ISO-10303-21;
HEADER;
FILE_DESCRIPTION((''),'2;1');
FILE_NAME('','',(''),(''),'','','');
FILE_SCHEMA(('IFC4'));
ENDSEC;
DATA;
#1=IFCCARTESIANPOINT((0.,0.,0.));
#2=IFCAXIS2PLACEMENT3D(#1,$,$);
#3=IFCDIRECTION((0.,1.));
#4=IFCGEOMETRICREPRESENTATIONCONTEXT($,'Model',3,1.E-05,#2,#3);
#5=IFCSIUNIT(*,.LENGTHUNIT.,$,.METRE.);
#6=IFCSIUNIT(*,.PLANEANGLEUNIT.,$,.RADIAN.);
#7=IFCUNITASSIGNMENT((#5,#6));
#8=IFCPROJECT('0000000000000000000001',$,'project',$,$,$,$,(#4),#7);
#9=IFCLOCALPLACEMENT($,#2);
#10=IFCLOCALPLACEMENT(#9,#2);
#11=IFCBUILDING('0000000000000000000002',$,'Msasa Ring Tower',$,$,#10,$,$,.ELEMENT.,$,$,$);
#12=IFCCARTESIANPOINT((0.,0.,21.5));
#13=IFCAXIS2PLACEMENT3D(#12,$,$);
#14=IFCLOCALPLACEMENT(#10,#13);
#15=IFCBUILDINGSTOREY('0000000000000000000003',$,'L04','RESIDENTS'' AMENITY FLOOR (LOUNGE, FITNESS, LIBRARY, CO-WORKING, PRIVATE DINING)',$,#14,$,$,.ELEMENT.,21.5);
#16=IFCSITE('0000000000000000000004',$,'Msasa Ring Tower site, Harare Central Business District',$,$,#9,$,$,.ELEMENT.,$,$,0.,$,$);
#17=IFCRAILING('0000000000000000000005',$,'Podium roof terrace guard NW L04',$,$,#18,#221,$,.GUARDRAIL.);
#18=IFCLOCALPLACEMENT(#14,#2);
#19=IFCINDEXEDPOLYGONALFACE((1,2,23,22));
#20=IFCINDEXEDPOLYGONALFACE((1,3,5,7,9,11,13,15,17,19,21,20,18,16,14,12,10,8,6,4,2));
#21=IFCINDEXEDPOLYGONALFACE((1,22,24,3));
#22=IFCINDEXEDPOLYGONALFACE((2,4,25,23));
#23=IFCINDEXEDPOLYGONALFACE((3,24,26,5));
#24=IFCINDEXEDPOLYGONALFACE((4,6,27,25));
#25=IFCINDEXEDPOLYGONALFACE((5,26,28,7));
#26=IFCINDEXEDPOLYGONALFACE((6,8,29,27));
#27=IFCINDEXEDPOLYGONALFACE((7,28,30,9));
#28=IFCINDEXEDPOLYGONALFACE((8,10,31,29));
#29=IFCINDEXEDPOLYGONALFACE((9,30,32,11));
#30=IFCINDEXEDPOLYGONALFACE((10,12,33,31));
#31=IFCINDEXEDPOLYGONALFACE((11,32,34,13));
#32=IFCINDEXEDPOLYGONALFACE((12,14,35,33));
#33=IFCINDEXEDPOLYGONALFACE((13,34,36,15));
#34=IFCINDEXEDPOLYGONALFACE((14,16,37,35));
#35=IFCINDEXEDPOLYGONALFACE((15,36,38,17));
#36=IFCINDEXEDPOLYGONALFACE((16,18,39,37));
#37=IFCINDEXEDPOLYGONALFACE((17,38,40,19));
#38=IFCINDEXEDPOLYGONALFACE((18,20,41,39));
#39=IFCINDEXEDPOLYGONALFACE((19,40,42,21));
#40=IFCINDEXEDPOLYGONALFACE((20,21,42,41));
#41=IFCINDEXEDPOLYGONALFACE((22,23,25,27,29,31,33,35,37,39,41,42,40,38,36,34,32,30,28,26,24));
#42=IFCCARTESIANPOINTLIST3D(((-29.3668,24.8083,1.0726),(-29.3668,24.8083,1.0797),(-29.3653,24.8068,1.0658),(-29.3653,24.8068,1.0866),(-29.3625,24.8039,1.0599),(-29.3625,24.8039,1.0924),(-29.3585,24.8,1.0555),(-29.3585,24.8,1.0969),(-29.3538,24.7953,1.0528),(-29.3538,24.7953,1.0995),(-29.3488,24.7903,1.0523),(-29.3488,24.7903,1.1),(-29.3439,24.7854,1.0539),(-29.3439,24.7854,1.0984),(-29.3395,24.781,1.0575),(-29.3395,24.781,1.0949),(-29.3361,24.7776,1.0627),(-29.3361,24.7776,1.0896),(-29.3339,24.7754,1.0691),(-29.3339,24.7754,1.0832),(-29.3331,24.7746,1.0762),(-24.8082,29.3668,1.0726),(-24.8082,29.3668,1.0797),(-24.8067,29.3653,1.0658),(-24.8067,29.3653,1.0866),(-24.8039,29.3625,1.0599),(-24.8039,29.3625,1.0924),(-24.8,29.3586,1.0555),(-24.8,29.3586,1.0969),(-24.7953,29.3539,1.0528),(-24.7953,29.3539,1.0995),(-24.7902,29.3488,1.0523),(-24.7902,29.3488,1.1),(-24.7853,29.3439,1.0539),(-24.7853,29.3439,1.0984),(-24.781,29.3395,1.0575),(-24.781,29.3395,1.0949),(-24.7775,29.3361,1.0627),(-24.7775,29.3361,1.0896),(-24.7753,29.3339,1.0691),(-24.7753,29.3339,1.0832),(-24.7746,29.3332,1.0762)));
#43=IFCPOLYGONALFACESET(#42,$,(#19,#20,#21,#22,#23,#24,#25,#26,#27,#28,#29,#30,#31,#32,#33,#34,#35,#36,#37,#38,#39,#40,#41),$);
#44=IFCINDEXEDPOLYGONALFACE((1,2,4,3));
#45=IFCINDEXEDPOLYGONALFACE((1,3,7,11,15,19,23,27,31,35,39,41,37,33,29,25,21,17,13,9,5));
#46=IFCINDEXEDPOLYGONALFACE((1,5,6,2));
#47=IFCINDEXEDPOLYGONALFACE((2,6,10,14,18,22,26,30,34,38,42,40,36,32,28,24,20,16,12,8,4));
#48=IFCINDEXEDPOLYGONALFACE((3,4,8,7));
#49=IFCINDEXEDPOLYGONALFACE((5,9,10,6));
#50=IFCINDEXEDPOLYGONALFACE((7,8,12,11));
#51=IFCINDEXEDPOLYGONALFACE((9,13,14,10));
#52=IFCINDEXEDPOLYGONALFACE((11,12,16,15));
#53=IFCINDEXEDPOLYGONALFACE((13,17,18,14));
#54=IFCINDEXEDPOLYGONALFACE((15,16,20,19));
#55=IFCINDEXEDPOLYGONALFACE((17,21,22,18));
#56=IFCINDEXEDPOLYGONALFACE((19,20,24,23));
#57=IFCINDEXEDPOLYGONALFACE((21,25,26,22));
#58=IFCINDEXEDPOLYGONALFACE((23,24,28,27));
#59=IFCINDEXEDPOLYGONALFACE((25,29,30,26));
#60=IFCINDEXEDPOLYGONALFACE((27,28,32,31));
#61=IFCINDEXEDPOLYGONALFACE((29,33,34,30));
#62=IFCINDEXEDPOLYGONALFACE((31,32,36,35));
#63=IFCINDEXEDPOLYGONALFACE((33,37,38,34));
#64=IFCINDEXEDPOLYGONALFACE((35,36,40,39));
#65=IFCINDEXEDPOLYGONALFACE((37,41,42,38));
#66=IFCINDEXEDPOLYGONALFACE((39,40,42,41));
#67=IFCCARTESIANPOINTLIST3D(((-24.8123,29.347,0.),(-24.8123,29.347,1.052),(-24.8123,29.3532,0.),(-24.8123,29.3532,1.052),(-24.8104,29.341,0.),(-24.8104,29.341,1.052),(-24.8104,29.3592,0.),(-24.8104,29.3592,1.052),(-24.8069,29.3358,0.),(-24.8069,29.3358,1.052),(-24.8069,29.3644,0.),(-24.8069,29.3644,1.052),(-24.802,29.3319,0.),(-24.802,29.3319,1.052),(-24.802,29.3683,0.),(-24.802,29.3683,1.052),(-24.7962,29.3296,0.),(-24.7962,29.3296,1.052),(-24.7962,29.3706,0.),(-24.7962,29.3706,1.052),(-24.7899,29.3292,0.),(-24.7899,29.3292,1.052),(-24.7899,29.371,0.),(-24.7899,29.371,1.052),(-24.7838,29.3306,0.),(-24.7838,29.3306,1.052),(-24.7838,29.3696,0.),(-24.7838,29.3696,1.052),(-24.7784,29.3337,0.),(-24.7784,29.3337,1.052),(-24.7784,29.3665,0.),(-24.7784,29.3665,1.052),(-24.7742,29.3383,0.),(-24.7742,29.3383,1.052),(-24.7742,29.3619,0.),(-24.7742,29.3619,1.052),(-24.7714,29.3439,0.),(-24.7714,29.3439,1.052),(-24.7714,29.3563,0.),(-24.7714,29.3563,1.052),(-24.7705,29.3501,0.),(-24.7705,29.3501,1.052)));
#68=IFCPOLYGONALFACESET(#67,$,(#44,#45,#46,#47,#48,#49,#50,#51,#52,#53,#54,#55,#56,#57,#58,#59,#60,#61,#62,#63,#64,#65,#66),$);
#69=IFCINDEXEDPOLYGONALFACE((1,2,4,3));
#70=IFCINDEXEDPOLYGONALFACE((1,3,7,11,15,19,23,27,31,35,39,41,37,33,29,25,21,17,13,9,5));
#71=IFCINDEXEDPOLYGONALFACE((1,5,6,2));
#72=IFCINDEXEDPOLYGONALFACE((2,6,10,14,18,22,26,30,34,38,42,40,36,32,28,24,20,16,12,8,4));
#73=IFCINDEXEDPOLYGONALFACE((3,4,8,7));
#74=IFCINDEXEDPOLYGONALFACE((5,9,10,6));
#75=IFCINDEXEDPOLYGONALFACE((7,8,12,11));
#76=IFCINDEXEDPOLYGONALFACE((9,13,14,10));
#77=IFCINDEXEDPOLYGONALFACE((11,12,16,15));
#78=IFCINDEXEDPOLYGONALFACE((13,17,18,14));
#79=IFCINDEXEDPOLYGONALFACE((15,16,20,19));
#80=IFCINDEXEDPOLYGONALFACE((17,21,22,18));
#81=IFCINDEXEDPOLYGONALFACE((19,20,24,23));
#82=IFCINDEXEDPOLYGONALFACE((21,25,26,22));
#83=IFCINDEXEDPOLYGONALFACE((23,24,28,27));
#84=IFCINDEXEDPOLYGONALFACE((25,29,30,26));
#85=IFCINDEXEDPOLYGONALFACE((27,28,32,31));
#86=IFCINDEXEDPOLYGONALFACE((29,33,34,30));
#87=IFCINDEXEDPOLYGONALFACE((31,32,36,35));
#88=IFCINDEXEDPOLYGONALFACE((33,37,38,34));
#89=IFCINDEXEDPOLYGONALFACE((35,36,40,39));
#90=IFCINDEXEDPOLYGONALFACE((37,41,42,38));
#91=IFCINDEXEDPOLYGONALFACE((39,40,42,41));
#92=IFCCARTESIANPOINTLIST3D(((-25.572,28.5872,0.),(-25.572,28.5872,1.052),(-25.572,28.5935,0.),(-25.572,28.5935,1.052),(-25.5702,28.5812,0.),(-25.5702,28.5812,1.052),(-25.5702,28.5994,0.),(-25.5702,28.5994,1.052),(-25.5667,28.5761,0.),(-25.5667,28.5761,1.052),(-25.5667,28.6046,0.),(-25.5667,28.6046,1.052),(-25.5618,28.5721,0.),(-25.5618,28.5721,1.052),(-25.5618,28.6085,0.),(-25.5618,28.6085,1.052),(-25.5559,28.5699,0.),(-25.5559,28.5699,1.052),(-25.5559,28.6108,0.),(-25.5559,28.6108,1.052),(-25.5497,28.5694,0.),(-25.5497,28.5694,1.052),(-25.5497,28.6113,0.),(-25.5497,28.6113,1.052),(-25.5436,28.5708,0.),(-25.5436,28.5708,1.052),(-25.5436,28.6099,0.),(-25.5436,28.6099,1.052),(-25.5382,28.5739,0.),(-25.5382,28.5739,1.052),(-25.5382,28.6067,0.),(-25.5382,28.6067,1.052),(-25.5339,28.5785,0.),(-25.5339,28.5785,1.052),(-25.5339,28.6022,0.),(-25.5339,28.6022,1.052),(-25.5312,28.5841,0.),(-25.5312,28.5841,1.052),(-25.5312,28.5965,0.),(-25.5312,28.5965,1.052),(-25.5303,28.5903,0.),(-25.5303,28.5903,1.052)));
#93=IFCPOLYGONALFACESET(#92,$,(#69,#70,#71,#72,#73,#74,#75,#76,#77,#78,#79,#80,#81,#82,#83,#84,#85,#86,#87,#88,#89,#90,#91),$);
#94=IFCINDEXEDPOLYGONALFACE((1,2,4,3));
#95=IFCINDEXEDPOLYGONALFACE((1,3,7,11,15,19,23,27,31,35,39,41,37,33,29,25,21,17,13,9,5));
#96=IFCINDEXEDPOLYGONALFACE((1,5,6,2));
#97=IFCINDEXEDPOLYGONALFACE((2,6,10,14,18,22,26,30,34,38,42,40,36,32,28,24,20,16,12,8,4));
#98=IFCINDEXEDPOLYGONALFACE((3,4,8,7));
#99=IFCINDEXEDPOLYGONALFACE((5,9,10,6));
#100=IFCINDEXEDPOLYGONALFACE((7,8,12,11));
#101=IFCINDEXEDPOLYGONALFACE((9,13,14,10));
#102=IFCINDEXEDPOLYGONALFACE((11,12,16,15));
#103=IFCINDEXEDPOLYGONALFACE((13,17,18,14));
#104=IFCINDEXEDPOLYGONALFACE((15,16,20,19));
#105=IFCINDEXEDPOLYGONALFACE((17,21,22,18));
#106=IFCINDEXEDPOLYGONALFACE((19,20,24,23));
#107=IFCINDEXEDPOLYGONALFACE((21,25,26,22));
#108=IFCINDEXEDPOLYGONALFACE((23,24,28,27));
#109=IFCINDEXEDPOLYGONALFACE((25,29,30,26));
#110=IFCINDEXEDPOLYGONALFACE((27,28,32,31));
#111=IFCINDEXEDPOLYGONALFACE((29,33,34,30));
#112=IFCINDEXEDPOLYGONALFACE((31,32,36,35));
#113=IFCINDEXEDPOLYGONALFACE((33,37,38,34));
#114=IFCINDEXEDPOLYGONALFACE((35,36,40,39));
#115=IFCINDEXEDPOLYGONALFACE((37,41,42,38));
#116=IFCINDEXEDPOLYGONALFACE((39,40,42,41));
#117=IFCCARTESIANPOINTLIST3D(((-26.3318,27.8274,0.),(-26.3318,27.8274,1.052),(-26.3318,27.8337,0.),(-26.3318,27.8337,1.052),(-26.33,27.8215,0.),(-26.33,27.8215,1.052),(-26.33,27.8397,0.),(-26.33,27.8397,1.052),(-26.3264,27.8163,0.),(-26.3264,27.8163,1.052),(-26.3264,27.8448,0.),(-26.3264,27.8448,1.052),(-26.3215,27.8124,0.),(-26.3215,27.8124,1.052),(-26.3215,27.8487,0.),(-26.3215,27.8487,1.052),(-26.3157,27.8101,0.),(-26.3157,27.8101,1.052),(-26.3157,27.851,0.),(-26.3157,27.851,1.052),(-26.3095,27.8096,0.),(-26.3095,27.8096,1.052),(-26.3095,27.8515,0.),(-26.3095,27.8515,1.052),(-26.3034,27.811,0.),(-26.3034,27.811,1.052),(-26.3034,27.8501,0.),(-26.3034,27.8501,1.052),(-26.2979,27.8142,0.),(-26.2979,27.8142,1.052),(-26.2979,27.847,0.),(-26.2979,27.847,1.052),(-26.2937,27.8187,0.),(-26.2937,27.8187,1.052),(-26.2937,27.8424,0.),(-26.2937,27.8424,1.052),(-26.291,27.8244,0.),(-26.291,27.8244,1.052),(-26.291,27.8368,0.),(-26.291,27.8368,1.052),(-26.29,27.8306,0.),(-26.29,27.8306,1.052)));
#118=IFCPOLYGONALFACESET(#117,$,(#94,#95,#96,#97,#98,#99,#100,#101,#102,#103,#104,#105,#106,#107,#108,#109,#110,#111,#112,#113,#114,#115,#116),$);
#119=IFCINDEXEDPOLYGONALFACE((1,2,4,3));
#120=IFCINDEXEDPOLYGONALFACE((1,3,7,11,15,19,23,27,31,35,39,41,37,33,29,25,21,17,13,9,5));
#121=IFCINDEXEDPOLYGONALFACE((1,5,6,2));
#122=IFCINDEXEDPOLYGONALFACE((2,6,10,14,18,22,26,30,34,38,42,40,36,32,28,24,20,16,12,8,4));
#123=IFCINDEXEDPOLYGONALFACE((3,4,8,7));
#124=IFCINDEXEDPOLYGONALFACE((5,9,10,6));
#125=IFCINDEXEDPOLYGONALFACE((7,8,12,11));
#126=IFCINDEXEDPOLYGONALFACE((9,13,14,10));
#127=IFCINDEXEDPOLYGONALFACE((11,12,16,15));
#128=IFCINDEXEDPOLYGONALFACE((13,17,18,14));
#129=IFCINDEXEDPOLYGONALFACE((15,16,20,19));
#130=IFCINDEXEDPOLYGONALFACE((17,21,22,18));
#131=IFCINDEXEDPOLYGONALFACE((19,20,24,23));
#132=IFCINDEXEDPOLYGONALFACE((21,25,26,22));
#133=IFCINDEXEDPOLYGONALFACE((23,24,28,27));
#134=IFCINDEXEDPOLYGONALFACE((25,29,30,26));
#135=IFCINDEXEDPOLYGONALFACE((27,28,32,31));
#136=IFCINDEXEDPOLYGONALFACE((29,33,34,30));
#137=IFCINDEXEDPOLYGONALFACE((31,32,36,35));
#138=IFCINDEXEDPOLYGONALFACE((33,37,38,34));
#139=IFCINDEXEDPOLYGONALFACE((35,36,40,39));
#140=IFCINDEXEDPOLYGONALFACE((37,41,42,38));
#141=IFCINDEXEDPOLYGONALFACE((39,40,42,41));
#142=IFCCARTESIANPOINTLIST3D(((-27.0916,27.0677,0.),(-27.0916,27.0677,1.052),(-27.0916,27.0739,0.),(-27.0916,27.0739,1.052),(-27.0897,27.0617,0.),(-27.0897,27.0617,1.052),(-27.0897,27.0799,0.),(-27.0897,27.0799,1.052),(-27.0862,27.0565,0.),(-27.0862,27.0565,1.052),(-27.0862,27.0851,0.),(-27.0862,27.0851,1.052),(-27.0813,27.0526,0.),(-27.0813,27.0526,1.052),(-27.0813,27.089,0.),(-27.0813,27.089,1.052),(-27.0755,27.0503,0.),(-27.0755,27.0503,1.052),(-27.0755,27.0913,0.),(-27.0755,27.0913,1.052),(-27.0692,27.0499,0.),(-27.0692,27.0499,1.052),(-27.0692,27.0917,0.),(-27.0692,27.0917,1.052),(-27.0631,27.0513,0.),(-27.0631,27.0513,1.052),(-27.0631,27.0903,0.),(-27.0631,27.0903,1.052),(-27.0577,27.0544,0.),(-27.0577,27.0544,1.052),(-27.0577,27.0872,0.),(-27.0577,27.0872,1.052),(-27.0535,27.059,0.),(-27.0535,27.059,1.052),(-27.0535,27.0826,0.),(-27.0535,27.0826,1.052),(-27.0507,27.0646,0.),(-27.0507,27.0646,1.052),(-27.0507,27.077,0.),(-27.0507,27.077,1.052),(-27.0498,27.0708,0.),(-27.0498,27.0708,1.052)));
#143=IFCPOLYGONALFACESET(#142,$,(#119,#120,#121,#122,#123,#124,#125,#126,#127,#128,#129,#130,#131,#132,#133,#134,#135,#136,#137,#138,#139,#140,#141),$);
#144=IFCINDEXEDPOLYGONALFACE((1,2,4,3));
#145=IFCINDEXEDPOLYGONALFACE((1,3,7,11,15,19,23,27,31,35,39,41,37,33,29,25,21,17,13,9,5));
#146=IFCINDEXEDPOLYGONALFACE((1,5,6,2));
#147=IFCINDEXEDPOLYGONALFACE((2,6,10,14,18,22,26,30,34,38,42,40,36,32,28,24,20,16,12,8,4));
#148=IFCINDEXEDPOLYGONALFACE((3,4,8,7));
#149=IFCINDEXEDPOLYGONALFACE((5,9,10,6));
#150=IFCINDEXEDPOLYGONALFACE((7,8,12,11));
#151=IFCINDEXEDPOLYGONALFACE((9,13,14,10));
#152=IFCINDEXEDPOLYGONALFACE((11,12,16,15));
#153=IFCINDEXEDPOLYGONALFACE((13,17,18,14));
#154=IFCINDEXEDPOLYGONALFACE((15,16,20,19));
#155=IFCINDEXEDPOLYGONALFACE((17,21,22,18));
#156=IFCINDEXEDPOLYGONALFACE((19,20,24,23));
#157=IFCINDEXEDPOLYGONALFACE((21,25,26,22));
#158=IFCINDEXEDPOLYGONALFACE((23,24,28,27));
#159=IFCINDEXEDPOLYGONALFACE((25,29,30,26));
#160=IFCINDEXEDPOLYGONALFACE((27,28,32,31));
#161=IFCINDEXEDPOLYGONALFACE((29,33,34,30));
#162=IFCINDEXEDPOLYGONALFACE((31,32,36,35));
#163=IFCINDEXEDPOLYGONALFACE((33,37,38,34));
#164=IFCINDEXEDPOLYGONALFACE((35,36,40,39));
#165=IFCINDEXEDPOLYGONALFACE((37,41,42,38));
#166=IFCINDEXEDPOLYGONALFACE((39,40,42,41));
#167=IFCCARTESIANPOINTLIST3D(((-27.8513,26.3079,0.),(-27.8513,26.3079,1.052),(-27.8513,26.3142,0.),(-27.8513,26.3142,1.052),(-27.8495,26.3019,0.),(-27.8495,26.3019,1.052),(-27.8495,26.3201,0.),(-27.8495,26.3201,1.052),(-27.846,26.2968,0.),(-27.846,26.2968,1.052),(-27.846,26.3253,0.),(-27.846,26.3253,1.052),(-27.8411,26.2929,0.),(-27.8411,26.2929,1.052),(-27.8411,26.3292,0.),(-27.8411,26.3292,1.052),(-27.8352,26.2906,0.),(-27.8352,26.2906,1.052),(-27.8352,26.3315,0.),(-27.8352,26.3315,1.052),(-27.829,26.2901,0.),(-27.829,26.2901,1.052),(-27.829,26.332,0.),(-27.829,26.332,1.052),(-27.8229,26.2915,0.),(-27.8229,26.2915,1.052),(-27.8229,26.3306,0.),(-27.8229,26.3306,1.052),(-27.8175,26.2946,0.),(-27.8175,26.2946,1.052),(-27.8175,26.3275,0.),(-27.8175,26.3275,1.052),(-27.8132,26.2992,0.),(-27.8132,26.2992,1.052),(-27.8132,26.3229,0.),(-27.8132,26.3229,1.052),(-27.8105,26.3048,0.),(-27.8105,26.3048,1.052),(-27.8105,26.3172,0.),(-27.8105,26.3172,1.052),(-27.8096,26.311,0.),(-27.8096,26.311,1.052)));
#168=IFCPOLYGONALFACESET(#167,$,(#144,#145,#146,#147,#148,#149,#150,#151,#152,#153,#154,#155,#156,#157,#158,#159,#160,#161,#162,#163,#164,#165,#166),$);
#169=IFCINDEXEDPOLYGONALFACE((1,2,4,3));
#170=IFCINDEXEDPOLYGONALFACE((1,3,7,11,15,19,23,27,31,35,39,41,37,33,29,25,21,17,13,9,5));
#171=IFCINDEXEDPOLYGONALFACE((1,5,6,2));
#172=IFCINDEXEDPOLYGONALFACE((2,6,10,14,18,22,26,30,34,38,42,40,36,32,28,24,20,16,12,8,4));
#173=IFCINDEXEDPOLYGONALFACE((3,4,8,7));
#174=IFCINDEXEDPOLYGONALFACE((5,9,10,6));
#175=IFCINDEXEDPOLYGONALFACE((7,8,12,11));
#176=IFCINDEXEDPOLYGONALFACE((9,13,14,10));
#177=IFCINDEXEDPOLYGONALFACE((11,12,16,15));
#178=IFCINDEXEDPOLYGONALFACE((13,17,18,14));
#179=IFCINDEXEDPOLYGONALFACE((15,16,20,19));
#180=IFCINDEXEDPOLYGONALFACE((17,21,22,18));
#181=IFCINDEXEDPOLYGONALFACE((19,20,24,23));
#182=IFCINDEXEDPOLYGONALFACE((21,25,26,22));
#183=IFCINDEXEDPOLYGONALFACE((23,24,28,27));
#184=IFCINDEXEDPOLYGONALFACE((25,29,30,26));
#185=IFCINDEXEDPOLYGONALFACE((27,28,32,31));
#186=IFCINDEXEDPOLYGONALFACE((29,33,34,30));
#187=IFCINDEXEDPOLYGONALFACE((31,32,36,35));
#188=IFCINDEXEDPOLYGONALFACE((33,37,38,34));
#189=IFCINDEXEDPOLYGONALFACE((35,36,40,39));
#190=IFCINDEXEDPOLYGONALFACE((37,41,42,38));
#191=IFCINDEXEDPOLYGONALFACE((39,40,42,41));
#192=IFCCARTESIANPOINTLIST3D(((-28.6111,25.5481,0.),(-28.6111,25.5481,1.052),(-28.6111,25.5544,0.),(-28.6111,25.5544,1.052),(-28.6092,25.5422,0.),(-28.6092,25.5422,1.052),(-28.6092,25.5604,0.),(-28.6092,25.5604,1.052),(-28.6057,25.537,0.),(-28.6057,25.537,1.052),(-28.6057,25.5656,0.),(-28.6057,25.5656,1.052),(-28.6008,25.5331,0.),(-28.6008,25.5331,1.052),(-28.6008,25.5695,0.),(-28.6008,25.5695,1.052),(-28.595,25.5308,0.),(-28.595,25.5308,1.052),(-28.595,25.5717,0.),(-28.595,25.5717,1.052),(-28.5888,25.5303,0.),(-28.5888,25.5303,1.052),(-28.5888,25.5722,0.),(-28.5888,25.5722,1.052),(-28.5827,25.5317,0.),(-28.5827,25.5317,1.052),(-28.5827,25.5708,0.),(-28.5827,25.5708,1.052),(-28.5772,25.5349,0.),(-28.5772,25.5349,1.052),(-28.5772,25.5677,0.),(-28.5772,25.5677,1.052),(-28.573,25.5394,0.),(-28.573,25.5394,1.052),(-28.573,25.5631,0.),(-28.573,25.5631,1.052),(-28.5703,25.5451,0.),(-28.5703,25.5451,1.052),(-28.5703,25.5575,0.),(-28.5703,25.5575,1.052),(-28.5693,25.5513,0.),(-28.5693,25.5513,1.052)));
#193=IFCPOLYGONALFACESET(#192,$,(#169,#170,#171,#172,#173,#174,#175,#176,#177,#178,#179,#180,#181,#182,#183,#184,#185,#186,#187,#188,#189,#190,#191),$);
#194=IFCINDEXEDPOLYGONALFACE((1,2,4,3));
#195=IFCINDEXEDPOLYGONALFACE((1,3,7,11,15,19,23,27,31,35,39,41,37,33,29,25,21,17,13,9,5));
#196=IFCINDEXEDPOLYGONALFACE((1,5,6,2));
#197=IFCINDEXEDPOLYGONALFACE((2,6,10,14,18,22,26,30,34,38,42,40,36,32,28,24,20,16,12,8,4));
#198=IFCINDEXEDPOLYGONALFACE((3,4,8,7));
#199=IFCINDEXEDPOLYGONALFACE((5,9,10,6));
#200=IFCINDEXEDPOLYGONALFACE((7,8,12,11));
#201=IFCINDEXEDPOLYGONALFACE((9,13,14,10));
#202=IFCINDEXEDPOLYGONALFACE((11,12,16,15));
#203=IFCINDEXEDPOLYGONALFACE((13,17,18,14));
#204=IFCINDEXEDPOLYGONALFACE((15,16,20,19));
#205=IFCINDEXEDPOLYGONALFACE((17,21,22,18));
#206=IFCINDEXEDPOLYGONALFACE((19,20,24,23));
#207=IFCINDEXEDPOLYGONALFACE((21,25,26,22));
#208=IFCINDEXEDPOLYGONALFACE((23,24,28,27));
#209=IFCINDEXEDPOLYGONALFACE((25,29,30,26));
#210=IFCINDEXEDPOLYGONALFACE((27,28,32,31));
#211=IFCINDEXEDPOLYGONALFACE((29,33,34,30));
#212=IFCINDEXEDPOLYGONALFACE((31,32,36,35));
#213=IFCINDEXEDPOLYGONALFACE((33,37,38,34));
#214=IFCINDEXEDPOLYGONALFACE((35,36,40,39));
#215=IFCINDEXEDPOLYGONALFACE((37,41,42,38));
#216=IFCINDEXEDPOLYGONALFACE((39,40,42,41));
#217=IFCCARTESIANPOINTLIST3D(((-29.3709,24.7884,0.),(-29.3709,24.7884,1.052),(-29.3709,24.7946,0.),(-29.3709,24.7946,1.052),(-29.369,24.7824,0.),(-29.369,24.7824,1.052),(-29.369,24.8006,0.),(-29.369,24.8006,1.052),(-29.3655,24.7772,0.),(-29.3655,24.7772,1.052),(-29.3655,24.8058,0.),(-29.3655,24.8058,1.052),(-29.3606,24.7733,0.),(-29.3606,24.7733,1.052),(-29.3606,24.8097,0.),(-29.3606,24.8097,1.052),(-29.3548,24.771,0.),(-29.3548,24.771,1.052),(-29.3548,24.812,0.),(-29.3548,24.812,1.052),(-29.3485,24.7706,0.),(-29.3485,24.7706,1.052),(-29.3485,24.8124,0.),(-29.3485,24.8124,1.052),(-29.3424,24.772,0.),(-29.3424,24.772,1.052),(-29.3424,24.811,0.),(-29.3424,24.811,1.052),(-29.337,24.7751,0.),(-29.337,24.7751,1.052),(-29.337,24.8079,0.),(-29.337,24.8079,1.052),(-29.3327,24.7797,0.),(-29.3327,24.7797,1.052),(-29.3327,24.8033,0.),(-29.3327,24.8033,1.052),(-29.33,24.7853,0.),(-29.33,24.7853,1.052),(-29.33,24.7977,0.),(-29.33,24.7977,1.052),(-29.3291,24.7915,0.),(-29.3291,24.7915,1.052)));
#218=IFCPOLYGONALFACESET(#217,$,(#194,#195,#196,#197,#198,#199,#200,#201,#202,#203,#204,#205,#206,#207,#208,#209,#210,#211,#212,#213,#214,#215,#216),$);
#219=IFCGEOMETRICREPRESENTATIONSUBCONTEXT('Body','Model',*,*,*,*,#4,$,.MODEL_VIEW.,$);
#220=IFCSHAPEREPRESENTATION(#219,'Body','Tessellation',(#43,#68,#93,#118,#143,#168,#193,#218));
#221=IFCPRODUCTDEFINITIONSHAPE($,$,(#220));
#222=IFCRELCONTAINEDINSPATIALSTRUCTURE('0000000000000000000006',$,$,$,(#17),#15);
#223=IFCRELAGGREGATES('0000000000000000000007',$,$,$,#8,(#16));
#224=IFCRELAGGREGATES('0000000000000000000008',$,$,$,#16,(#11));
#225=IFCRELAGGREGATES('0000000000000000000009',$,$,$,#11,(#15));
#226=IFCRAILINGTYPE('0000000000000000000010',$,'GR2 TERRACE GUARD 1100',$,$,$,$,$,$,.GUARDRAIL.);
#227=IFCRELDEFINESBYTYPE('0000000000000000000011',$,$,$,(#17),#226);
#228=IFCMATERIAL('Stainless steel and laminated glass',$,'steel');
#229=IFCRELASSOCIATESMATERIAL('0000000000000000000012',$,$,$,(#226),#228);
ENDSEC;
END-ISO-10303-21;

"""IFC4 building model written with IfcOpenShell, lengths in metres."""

from ifc_helpers import new_model, si_unit, direction, frame, origin, origin_2d, place, context, subcontext, project, spatial, circle, extrude, material, type_object, element, save


model = new_model("IFC4")

# Units and contexts
model_context = context("Model", 3, precision=1e-05, world=origin(), true_north=direction((0.0, 1.0)))
body_context = subcontext(model_context, "Body", "Model", "MODEL_VIEW")
ifc_project = project(units=[si_unit("LENGTHUNIT", "METRE"), si_unit("PLANEANGLEUNIT", "RADIAN")], contexts=[model_context])

# Site, building, storey
site_placement = place(None, origin())
site = spatial("IfcSite", under=ifc_project, at=site_placement, Name="Msasa Ring Tower site, Harare Central Business District", CompositionType="ELEMENT", RefElevation=0.0)
building_placement = place(site_placement, origin())
building = spatial("IfcBuilding", under=site, at=building_placement, Name="Msasa Ring Tower", CompositionType="ELEMENT")
storey_placement = place(building_placement, frame((0.0, 0.0, 21.5)))
storey = spatial("IfcBuildingStorey", under=building, at=storey_placement, Name="L04", Description="RESIDENTS' AMENITY FLOOR (LOUNGE, FITNESS, LIBRARY, CO-WORKING, PRIVATE DINING)", CompositionType="ELEMENT", Elevation=21.5)

# Railing
ifc_material_1 = material(Name="Stainless steel and laminated glass", Category="steel")
railing_type = type_object("IfcRailingType", Name="GR2 TERRACE GUARD 1100", PredefinedType="GUARDRAIL", material=ifc_material_1)
railing_1_placement = place(storey_placement, frame((-24.7915, 29.3501, 0.0)))
element("IfcRailing", 1, at=railing_1_placement, inside=storey, type_object=railing_type, Name="Podium roof terrace guard NW L04", PredefinedType="GUARDRAIL", context=body_context, shape_type="SweptSolid", body=[
    extrude(circle(Radius=0.0239, at=origin_2d()), frame((0.0, 0.0, 1.0762), z_axis=(-0.707107, -0.707107, 0.0), x_axis=(0.707107, -0.707107, 0.0)), (0.0, 0.0, 1.0), 6.4468),
    extrude(circle(Radius=0.021, at=origin_2d()), origin(), (0.0, 0.0, 1.0), 1.052),
    extrude(circle(Radius=0.021, at=origin_2d()), frame((-0.7598, -0.7598, 0.0)), (0.0, 0.0, 1.0), 1.052),
    extrude(circle(Radius=0.021, at=origin_2d()), frame((-1.5195, -1.5195, 0.0)), (0.0, 0.0, 1.0), 1.052),
    extrude(circle(Radius=0.021, at=origin_2d()), frame((-2.2793, -2.2793, 0.0)), (0.0, 0.0, 1.0), 1.052),
    extrude(circle(Radius=0.021, at=origin_2d()), frame((-3.0391, -3.0391, 0.0)), (0.0, 0.0, 1.0), 1.052),
    extrude(circle(Radius=0.021, at=origin_2d()), frame((-3.7988, -3.7988, 0.0)), (0.0, 0.0, 1.0), 1.052),
    extrude(circle(Radius=0.021, at=origin_2d()), frame((-4.5586, -4.5586, 0.0)), (0.0, 0.0, 1.0), 1.052),
])

save(model, "model.ifc")
